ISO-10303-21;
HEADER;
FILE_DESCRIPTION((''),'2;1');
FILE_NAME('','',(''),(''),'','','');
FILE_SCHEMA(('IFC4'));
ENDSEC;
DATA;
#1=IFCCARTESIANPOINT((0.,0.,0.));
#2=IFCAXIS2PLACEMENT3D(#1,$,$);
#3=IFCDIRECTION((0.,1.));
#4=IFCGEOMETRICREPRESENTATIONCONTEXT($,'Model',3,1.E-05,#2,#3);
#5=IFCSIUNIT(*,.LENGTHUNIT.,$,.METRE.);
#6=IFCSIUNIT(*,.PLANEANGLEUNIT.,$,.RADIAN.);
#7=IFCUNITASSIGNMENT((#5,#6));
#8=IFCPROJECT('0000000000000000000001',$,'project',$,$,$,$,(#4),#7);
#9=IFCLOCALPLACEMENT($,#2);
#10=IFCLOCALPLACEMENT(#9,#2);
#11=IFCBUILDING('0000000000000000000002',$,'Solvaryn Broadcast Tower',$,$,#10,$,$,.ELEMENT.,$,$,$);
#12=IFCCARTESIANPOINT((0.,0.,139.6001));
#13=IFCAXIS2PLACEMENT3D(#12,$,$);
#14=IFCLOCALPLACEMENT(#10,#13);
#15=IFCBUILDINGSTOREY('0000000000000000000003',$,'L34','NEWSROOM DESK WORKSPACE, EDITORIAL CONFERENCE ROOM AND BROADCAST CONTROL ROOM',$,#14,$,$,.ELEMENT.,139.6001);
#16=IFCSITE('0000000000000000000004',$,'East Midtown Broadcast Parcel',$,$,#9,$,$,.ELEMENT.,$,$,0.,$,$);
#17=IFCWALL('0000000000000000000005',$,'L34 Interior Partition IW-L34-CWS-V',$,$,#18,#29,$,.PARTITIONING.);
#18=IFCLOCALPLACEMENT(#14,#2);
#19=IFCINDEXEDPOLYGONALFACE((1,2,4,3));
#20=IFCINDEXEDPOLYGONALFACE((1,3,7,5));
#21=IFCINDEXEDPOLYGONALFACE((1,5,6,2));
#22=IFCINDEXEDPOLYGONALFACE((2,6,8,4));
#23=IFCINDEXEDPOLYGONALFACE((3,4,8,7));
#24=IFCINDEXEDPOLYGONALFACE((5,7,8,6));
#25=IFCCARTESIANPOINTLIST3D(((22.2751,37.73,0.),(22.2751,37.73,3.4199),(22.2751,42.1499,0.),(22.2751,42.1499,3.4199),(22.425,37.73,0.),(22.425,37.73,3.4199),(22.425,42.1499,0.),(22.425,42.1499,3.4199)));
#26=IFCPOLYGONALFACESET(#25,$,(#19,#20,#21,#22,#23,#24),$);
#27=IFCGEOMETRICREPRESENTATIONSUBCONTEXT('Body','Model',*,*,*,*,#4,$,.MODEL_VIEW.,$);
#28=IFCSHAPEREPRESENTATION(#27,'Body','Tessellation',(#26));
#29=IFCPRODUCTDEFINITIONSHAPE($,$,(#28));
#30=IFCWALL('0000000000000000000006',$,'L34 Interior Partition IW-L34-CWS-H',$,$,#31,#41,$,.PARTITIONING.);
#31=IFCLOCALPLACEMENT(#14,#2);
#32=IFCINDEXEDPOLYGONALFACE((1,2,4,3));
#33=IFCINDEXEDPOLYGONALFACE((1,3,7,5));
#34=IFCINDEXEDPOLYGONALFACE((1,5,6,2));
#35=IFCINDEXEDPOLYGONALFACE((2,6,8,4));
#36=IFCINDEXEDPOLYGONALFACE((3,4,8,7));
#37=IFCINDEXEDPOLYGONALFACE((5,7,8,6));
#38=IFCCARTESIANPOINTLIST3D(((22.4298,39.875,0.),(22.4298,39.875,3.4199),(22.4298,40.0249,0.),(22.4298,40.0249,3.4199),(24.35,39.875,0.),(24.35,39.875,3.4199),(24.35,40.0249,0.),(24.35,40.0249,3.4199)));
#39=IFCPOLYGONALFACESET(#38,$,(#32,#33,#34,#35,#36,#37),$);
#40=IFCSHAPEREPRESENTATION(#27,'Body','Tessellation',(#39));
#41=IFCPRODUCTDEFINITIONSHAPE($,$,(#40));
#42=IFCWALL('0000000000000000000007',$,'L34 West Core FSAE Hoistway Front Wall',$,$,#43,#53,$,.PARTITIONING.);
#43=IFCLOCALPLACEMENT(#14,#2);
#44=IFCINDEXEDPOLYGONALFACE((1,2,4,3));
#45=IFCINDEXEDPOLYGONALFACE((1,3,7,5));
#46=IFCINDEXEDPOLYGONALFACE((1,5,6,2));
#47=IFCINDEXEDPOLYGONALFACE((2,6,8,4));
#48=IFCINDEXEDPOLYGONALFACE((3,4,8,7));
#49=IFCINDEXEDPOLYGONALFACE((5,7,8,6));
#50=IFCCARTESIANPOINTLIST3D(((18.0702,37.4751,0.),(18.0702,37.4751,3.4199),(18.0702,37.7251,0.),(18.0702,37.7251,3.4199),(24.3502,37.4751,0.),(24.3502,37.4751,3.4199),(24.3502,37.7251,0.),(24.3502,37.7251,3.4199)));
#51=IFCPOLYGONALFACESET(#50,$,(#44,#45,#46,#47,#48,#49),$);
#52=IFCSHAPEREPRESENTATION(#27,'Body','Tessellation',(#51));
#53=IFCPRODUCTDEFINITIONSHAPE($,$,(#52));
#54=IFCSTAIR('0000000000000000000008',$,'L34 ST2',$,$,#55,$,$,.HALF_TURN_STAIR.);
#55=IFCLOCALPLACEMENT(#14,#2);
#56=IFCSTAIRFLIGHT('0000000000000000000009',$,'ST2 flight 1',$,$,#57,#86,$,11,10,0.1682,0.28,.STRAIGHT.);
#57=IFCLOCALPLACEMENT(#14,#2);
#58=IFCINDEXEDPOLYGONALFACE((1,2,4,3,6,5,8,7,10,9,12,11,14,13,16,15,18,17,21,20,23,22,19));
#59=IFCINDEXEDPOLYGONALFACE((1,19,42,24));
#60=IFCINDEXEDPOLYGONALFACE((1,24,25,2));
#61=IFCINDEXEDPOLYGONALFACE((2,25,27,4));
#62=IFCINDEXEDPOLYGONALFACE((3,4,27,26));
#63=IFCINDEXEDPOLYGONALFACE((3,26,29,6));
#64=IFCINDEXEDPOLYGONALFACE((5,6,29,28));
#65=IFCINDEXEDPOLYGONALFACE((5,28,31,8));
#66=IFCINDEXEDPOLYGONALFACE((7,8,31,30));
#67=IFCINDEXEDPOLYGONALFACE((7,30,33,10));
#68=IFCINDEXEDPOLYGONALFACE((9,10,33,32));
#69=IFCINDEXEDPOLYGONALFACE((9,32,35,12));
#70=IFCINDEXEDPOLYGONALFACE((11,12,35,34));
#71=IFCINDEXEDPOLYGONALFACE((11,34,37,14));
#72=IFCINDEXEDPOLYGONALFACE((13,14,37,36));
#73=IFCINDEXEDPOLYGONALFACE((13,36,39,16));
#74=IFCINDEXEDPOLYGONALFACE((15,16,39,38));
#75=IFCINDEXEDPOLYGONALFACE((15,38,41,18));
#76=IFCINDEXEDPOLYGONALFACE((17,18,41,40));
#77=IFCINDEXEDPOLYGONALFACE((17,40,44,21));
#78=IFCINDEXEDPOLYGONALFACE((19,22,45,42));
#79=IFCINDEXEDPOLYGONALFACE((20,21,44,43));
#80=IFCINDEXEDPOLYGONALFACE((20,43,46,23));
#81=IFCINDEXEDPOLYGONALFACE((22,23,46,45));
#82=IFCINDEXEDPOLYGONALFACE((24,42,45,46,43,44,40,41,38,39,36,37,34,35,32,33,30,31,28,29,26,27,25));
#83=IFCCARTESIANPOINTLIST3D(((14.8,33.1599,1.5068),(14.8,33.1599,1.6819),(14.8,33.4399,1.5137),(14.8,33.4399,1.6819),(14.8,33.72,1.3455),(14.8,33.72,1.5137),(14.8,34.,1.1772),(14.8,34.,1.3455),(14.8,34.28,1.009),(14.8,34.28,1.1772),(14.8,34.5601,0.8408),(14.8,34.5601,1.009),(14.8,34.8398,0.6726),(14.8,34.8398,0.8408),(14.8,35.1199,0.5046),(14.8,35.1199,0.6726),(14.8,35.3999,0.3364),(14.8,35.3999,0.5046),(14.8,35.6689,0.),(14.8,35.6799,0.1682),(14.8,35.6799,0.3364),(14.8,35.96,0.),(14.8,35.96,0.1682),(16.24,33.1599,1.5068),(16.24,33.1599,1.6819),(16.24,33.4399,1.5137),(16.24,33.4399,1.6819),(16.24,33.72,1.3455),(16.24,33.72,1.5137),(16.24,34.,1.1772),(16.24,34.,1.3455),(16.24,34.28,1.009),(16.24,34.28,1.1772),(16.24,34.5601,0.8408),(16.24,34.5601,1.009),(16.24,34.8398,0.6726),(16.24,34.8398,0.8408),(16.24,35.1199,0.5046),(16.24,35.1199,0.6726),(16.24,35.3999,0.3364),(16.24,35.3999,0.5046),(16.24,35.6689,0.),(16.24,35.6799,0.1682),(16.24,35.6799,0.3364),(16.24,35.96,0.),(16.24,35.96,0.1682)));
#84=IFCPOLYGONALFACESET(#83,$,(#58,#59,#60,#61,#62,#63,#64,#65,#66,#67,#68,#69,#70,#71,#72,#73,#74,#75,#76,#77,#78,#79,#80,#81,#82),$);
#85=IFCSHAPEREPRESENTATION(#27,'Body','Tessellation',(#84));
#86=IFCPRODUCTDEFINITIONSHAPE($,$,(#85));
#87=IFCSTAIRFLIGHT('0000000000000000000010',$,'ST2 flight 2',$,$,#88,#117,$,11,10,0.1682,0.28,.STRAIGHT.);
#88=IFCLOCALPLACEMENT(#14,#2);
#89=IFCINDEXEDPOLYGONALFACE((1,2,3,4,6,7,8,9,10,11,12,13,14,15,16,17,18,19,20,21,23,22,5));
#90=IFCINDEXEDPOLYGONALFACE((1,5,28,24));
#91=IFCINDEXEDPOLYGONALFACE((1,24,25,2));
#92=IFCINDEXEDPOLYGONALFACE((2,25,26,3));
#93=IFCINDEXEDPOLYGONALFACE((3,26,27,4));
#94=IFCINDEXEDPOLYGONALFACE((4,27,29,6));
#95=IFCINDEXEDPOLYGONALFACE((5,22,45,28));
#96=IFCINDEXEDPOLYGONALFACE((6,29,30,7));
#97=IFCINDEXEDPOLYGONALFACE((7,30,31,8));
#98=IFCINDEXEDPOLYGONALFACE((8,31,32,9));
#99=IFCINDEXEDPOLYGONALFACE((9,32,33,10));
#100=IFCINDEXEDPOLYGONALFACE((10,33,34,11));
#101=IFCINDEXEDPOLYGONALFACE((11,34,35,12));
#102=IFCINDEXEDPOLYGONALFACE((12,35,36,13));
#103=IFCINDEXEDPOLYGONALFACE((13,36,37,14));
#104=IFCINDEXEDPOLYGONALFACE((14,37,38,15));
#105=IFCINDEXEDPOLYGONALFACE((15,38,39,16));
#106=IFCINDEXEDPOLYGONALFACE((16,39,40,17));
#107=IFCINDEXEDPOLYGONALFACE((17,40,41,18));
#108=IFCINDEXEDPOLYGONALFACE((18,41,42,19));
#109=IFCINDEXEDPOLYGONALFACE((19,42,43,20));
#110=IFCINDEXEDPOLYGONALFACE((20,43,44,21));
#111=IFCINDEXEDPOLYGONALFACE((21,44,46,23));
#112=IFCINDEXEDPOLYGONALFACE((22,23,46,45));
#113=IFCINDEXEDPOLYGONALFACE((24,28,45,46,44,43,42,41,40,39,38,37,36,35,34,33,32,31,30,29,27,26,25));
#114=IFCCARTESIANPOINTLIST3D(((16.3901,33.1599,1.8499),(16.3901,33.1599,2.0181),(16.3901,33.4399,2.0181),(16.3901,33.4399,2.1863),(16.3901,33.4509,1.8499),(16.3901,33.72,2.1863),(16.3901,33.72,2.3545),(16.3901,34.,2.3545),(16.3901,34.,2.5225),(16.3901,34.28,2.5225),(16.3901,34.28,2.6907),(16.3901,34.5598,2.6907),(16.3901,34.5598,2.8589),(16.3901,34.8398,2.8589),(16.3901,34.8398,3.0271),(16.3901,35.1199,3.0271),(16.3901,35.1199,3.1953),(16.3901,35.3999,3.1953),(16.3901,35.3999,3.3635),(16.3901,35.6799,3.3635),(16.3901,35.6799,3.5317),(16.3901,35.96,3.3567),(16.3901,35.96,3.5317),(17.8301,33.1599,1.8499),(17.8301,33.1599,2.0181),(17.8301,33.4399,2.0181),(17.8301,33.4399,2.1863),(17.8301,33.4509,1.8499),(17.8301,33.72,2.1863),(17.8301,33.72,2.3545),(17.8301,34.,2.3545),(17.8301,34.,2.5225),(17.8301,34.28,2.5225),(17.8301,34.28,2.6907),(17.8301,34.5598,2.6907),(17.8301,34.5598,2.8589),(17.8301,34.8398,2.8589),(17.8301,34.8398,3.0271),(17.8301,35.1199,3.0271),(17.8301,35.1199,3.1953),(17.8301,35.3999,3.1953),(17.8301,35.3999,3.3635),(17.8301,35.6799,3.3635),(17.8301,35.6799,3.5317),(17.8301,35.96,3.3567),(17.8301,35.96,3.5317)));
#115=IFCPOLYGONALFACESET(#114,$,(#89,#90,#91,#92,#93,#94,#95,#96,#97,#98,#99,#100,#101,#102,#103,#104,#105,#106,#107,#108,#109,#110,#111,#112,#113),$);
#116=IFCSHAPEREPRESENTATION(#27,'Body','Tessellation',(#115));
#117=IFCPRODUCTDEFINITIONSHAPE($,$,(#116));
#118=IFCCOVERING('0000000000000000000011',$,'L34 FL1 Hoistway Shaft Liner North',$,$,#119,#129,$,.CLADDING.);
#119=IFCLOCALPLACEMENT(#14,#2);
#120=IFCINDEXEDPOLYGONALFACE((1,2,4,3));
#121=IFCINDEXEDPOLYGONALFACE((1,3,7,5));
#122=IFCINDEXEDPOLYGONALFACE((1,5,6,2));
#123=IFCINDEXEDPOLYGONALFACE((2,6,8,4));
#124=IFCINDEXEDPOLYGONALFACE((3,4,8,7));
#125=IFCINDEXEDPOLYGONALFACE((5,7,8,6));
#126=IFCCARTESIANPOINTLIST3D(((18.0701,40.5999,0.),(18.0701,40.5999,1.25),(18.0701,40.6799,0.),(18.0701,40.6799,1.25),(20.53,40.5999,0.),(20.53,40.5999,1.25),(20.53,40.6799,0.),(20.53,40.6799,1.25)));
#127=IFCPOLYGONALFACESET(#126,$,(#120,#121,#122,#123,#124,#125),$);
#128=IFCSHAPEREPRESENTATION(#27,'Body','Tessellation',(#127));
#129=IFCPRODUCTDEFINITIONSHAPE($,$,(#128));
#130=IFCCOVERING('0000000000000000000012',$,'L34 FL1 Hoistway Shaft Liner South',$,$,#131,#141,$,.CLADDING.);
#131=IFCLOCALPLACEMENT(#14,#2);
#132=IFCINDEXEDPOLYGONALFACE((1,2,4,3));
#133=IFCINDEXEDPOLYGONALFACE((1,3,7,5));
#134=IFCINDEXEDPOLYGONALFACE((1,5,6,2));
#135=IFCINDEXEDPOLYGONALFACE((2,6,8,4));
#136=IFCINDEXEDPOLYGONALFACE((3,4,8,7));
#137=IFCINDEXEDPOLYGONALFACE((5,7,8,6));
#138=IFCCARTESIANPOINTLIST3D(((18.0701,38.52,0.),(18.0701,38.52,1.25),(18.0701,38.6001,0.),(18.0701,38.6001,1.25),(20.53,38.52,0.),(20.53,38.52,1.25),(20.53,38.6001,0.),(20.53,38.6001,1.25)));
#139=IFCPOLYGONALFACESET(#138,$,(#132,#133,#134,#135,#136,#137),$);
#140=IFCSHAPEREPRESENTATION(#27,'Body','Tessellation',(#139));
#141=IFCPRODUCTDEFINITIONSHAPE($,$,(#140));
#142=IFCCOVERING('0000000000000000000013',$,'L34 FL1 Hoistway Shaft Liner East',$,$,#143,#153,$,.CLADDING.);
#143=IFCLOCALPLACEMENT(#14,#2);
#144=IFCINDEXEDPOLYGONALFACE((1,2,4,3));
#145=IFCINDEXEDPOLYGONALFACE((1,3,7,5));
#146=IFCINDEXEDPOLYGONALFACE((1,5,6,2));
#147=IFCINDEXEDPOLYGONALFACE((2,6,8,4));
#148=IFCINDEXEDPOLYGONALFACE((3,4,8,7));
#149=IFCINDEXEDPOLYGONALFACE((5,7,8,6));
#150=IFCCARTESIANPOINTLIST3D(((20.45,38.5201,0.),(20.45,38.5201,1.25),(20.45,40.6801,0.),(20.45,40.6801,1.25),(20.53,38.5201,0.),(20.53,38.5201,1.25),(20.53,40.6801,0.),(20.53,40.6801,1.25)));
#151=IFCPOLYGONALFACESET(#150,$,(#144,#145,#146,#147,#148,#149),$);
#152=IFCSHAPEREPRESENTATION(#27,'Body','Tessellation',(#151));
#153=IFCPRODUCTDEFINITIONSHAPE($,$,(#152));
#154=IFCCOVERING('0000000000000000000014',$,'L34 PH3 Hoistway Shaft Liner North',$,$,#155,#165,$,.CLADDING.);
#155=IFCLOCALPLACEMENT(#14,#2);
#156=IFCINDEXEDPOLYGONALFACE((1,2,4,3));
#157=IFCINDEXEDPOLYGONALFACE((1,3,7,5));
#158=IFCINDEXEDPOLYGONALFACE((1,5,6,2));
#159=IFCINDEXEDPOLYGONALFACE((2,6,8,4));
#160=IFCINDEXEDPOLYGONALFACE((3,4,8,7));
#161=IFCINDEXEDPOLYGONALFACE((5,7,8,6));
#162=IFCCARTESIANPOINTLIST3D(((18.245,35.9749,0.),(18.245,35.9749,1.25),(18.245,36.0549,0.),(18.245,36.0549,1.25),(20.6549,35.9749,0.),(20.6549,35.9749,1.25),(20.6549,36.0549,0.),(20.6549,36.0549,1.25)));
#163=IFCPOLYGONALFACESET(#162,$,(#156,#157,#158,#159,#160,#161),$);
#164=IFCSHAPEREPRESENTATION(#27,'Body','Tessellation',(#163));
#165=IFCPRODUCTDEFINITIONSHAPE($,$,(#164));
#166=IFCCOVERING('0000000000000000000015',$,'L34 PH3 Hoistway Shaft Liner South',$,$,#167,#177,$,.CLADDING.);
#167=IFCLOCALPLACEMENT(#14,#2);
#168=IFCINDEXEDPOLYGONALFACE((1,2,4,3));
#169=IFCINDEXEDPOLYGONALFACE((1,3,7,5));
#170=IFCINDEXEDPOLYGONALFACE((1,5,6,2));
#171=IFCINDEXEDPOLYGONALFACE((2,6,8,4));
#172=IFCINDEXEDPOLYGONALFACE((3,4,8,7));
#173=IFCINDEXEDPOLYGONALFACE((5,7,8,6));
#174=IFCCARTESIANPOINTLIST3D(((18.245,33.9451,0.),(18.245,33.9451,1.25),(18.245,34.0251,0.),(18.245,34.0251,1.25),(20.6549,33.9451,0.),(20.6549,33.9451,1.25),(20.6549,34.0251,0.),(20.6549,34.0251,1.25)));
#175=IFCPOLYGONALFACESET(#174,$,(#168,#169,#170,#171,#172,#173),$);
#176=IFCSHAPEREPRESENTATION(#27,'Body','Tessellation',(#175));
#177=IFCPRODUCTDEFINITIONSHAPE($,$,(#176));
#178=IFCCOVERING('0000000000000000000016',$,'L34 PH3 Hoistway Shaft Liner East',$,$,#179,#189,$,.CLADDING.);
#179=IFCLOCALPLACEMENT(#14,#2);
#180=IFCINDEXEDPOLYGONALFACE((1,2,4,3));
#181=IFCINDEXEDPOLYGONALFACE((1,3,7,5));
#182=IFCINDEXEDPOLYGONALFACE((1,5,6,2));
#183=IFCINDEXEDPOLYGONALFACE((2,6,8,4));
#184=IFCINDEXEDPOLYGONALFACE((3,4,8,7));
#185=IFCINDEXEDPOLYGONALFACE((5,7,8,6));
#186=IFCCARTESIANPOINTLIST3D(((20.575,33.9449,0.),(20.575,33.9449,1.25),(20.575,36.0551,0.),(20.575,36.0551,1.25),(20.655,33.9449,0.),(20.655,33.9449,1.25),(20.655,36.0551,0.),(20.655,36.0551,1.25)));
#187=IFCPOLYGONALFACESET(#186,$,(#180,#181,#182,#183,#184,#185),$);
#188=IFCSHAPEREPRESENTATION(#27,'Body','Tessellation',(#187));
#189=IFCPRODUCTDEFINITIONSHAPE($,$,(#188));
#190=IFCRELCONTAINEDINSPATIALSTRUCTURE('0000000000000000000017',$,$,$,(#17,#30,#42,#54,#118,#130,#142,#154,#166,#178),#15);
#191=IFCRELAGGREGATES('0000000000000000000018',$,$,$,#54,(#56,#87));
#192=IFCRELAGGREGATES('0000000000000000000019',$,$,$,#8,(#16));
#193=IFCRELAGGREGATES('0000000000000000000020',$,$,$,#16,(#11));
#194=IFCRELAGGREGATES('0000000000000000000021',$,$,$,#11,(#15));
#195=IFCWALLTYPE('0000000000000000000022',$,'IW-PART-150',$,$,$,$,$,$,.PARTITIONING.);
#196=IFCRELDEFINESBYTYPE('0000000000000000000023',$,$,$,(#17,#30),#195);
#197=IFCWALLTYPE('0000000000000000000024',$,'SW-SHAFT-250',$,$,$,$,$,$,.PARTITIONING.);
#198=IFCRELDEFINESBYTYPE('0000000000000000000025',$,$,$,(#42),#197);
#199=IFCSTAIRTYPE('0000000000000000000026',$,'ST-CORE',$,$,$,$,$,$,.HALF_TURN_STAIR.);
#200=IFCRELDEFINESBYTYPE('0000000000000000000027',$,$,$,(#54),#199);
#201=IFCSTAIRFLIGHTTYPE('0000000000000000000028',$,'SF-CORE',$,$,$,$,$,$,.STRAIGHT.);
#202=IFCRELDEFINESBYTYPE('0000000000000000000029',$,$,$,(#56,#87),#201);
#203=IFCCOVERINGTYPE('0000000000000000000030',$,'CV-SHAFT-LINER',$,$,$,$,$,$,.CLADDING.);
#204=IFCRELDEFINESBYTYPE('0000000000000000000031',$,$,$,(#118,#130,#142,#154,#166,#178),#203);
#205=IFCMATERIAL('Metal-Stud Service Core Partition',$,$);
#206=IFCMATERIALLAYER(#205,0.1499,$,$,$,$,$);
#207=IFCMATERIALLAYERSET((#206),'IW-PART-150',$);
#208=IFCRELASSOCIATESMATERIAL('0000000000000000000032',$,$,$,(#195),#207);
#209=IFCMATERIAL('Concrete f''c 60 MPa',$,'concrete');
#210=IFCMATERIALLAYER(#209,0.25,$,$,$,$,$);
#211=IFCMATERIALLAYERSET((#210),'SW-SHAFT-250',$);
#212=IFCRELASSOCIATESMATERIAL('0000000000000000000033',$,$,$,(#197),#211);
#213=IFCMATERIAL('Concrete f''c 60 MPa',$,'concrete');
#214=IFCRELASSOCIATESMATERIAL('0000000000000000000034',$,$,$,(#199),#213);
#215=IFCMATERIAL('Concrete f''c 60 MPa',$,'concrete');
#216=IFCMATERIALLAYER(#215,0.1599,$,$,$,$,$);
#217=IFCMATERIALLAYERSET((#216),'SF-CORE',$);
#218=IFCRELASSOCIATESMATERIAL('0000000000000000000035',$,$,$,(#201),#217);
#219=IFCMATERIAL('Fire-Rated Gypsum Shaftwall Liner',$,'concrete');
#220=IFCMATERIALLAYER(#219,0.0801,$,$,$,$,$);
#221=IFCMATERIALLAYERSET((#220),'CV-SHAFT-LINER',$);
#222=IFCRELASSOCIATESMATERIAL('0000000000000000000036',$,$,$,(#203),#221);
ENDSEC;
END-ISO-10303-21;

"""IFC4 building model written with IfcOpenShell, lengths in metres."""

from ifc_helpers import new_model, si_unit, direction, frame, frame_2d, origin, origin_2d, place, context, subcontext, project, spatial, polyline, rectangle, outline, extrude, material, layer, layer_set, type_object, element, aggregate, save


model = new_model("IFC4")

# Units and contexts
model_context = context("Model", 3, precision=1e-05, world=origin(), true_north=direction((0.0, 1.0)))
body_context = subcontext(model_context, "Body", "Model", "MODEL_VIEW")
ifc_project = project(units=[si_unit("LENGTHUNIT", "METRE"), si_unit("PLANEANGLEUNIT", "RADIAN")], contexts=[model_context])

# Site, building, storey
site_placement = place(None, origin())
site = spatial("IfcSite", under=ifc_project, at=site_placement, Name="East Midtown Broadcast Parcel", CompositionType="ELEMENT", RefElevation=0.0)
building_placement = place(site_placement, origin())
building = spatial("IfcBuilding", under=site, at=building_placement, Name="Solvaryn Broadcast Tower", CompositionType="ELEMENT")
storey_placement = place(building_placement, frame((0.0, 0.0, 139.6001)))
storey = spatial("IfcBuildingStorey", under=building, at=storey_placement, Name="L34", Description="NEWSROOM DESK WORKSPACE, EDITORIAL CONFERENCE ROOM AND BROADCAST CONTROL ROOM", CompositionType="ELEMENT", Elevation=139.6001)

# Walls
ifc_material_1 = material(Name="Metal-Stud Service Core Partition")
ifc_layer_1 = layer(ifc_material_1, 0.1499)
ifc_layer_set_1 = layer_set([ifc_layer_1], Name="IW-PART-150")
wall_type_1 = type_object("IfcWallType", Name="IW-PART-150", PredefinedType="PARTITIONING", material=ifc_layer_set_1)
wall_1_placement = place(storey_placement, frame((22.3501, 37.73, 0.0), z_axis=(0.0, 0.0, 1.0), x_axis=(0.0, 1.0, 0.0)))
element("IfcWall", 1, at=wall_1_placement, inside=storey, type_object=wall_type_1, Name="L34 Interior Partition IW-L34-CWS-V", PredefinedType="PARTITIONING", context=body_context, shape_type="SweptSolid", body=[
    extrude(rectangle(XDim=4.4199, YDim=0.1499, at=frame_2d((2.21, 0.0))), origin(), (0.0, 0.0, 1.0), 3.4199),
])
wall_2_placement = place(storey_placement, frame((22.4299, 39.95, 0.0), z_axis=(0.0, 0.0, 1.0), x_axis=(1.0, 0.0, 0.0)))
element("IfcWall", 2, at=wall_2_placement, inside=storey, type_object=wall_type_1, Name="L34 Interior Partition IW-L34-CWS-H", PredefinedType="PARTITIONING", context=body_context, shape_type="SweptSolid", body=[
    extrude(rectangle(XDim=1.9202, YDim=0.1499, at=frame_2d((0.96, 0.0))), origin(), (0.0, 0.0, 1.0), 3.4199),
])
ifc_material_2 = material(Name="Concrete f'c 60 MPa", Category="concrete")
ifc_layer_2 = layer(ifc_material_2, 0.25)
ifc_layer_set_2 = layer_set([ifc_layer_2], Name="SW-SHAFT-250")
wall_type_2 = type_object("IfcWallType", Name="SW-SHAFT-250", PredefinedType="PARTITIONING", material=ifc_layer_set_2)
wall_3_placement = place(storey_placement, frame((18.0701, 37.6001, 0.0), z_axis=(0.0, 0.0, 1.0), x_axis=(1.0, 0.0, 0.0)))
element("IfcWall", 3, at=wall_3_placement, inside=storey, type_object=wall_type_2, Name="L34 West Core FSAE Hoistway Front Wall", PredefinedType="PARTITIONING", context=body_context, shape_type="SweptSolid", body=[
    extrude(rectangle(XDim=6.28, YDim=0.25, at=frame_2d((3.1401, 0.0))), origin(), (0.0, 0.0, 1.0), 3.4199),
])

# Stair, stair flights
ifc_material_3 = material(Name="Concrete f'c 60 MPa", Category="concrete")
stair_type = type_object("IfcStairType", Name="ST-CORE", PredefinedType="HALF_TURN_STAIR", material=ifc_material_3)
stair_placement = place(storey_placement, origin())
stair = element("IfcStair", 4, at=stair_placement, inside=storey, type_object=stair_type, Name="L34 ST2", PredefinedType="HALF_TURN_STAIR")
ifc_material_4 = material(Name="Concrete f'c 60 MPa", Category="concrete")
ifc_layer_3 = layer(ifc_material_4, 0.1599)
ifc_layer_set_3 = layer_set([ifc_layer_3], Name="SF-CORE")
stair_flight_type = type_object("IfcStairFlightType", Name="SF-CORE", PredefinedType="STRAIGHT", material=ifc_layer_set_3)
stair_flight_1_placement = place(storey_placement, frame((15.52, 35.96, 0.0), z_axis=(0.0, 0.0, 1.0), x_axis=(0.0, -1.0, 0.0)))
stair_flight_1 = element("IfcStairFlight", 5, at=stair_flight_1_placement, type_object=stair_flight_type, Name="ST2 flight 1", NumberOfRisers=11, NumberOfTreads=10, PredefinedType="STRAIGHT", RiserHeight=0.1682, TreadLength=0.28, context=body_context, shape_type="SweptSolid", body=[
    extrude(outline(polyline([(0.0, 0.0), (0.0, 0.1682), (0.28, 0.1682), (0.28, 0.3364), (0.5601, 0.3364), (0.5601, 0.5046), (0.8401, 0.5046), (0.8401, 0.6726), (1.1201, 0.6726), (1.1201, 0.8408), (1.3999, 0.8408), (1.3999, 1.009), (1.6799, 1.009), (1.6799, 1.1772), (1.96, 1.1772), (1.96, 1.3455), (2.24, 1.3455), (2.24, 1.5137), (2.52, 1.5137), (2.52, 1.6819), (2.8, 1.6819), (2.8, 1.8501), (2.8, 1.5068), (0.291, 0.0), (0.0, 0.0)])), frame((0.0, 0.72, 0.0), z_axis=(0.0, -1.0, 0.0), x_axis=(1.0, 0.0, 0.0)), (0.0, 0.0, 1.0), 1.4399),
])
stair_flight_2_placement = place(storey_placement, frame((17.1101, 33.1599, 1.8499), z_axis=(0.0, 0.0, 1.0), x_axis=(0.0, 1.0, 0.0)))
stair_flight_2 = element("IfcStairFlight", 6, at=stair_flight_2_placement, type_object=stair_flight_type, Name="ST2 flight 2", NumberOfRisers=11, NumberOfTreads=10, PredefinedType="STRAIGHT", RiserHeight=0.1682, TreadLength=0.28, context=body_context, shape_type="SweptSolid", body=[
    extrude(outline(polyline([(0.0, 0.0), (0.0, 0.1682), (0.28, 0.1682), (0.28, 0.3364), (0.5601, 0.3364), (0.5601, 0.5046), (0.8401, 0.5046), (0.8401, 0.6726), (1.1201, 0.6726), (1.1201, 0.8408), (1.3999, 0.8408), (1.3999, 1.009), (1.6799, 1.009), (1.6799, 1.1772), (1.96, 1.1772), (1.96, 1.3455), (2.24, 1.3455), (2.24, 1.5137), (2.52, 1.5137), (2.52, 1.6819), (2.8, 1.6819), (2.8, 1.8501), (2.8, 1.5068), (0.291, 0.0), (0.0, 0.0)])), frame((0.0, 0.72, 0.0), z_axis=(0.0, -1.0, 0.0), x_axis=(1.0, 0.0, 0.0)), (0.0, 0.0, 1.0), 1.4399),
])
aggregate(stair, [stair_flight_1, stair_flight_2])

# Coverings
ifc_material_5 = material(Name="Fire-Rated Gypsum Shaftwall Liner", Category="concrete")
ifc_layer_4 = layer(ifc_material_5, 0.0801)
ifc_layer_set_4 = layer_set([ifc_layer_4], Name="CV-SHAFT-LINER")
covering_type = type_object("IfcCoveringType", Name="CV-SHAFT-LINER", PredefinedType="CLADDING", material=ifc_layer_set_4)
for number, where, z_axis, x_axis, name in (
    (7, (19.3, 40.6399, 0.0), (0.0, 0.0, 1.0), (1.0, 0.0, 0.0), "L34 FL1 Hoistway Shaft Liner North"),
    (8, (19.3, 38.5601, 0.0), (0.0, 0.0, 1.0), (1.0, 0.0, 0.0), "L34 FL1 Hoistway Shaft Liner South"),
):
    element("IfcCovering", number, at=place(storey_placement, frame(where, z_axis=z_axis, x_axis=x_axis)), inside=storey, type_object=covering_type, Name=name, PredefinedType="CLADDING", context=body_context, shape_type="SweptSolid", body=[
        extrude(rectangle(XDim=2.46, YDim=0.0801, at=origin_2d()), origin(), (0.0, 0.0, 1.0), 1.25),
    ])
covering_1_placement = place(storey_placement, frame((20.49, 39.6001, 0.0), z_axis=(0.0, 0.0, 1.0), x_axis=(1.0, 0.0, 0.0)))
element("IfcCovering", 9, at=covering_1_placement, inside=storey, type_object=covering_type, Name="L34 FL1 Hoistway Shaft Liner East", PredefinedType="CLADDING", context=body_context, shape_type="SweptSolid", body=[
    extrude(rectangle(XDim=0.0801, YDim=2.1599, at=origin_2d()), origin(), (0.0, 0.0, 1.0), 1.25),
])
for number, where, z_axis, x_axis, name in (
    (10, (19.45, 36.0149, 0.0), (0.0, 0.0, 1.0), (1.0, 0.0, 0.0), "L34 PH3 Hoistway Shaft Liner North"),
    (11, (19.45, 33.9851, 0.0), (0.0, 0.0, 1.0), (1.0, 0.0, 0.0), "L34 PH3 Hoistway Shaft Liner South"),
):
    element("IfcCovering", number, at=place(storey_placement, frame(where, z_axis=z_axis, x_axis=x_axis)), inside=storey, type_object=covering_type, Name=name, PredefinedType="CLADDING", context=body_context, shape_type="SweptSolid", body=[
        extrude(rectangle(XDim=2.4099, YDim=0.0801, at=origin_2d()), origin(), (0.0, 0.0, 1.0), 1.25),
    ])
for number, where, z_axis, x_axis, name in (
    (12, (20.615, 35.0, 0.0), (0.0, 0.0, 1.0), (1.0, 0.0, 0.0), "L34 PH3 Hoistway Shaft Liner East"),
):
    element("IfcCovering", number, at=place(storey_placement, frame(where, z_axis=z_axis, x_axis=x_axis)), inside=storey, type_object=covering_type, Name=name, PredefinedType="CLADDING", context=body_context, shape_type="SweptSolid", body=[
        extrude(rectangle(XDim=0.0801, YDim=2.1101, at=origin_2d()), origin(), (0.0, 0.0, 1.0), 1.25),
    ])

save(model, "model.ifc")
